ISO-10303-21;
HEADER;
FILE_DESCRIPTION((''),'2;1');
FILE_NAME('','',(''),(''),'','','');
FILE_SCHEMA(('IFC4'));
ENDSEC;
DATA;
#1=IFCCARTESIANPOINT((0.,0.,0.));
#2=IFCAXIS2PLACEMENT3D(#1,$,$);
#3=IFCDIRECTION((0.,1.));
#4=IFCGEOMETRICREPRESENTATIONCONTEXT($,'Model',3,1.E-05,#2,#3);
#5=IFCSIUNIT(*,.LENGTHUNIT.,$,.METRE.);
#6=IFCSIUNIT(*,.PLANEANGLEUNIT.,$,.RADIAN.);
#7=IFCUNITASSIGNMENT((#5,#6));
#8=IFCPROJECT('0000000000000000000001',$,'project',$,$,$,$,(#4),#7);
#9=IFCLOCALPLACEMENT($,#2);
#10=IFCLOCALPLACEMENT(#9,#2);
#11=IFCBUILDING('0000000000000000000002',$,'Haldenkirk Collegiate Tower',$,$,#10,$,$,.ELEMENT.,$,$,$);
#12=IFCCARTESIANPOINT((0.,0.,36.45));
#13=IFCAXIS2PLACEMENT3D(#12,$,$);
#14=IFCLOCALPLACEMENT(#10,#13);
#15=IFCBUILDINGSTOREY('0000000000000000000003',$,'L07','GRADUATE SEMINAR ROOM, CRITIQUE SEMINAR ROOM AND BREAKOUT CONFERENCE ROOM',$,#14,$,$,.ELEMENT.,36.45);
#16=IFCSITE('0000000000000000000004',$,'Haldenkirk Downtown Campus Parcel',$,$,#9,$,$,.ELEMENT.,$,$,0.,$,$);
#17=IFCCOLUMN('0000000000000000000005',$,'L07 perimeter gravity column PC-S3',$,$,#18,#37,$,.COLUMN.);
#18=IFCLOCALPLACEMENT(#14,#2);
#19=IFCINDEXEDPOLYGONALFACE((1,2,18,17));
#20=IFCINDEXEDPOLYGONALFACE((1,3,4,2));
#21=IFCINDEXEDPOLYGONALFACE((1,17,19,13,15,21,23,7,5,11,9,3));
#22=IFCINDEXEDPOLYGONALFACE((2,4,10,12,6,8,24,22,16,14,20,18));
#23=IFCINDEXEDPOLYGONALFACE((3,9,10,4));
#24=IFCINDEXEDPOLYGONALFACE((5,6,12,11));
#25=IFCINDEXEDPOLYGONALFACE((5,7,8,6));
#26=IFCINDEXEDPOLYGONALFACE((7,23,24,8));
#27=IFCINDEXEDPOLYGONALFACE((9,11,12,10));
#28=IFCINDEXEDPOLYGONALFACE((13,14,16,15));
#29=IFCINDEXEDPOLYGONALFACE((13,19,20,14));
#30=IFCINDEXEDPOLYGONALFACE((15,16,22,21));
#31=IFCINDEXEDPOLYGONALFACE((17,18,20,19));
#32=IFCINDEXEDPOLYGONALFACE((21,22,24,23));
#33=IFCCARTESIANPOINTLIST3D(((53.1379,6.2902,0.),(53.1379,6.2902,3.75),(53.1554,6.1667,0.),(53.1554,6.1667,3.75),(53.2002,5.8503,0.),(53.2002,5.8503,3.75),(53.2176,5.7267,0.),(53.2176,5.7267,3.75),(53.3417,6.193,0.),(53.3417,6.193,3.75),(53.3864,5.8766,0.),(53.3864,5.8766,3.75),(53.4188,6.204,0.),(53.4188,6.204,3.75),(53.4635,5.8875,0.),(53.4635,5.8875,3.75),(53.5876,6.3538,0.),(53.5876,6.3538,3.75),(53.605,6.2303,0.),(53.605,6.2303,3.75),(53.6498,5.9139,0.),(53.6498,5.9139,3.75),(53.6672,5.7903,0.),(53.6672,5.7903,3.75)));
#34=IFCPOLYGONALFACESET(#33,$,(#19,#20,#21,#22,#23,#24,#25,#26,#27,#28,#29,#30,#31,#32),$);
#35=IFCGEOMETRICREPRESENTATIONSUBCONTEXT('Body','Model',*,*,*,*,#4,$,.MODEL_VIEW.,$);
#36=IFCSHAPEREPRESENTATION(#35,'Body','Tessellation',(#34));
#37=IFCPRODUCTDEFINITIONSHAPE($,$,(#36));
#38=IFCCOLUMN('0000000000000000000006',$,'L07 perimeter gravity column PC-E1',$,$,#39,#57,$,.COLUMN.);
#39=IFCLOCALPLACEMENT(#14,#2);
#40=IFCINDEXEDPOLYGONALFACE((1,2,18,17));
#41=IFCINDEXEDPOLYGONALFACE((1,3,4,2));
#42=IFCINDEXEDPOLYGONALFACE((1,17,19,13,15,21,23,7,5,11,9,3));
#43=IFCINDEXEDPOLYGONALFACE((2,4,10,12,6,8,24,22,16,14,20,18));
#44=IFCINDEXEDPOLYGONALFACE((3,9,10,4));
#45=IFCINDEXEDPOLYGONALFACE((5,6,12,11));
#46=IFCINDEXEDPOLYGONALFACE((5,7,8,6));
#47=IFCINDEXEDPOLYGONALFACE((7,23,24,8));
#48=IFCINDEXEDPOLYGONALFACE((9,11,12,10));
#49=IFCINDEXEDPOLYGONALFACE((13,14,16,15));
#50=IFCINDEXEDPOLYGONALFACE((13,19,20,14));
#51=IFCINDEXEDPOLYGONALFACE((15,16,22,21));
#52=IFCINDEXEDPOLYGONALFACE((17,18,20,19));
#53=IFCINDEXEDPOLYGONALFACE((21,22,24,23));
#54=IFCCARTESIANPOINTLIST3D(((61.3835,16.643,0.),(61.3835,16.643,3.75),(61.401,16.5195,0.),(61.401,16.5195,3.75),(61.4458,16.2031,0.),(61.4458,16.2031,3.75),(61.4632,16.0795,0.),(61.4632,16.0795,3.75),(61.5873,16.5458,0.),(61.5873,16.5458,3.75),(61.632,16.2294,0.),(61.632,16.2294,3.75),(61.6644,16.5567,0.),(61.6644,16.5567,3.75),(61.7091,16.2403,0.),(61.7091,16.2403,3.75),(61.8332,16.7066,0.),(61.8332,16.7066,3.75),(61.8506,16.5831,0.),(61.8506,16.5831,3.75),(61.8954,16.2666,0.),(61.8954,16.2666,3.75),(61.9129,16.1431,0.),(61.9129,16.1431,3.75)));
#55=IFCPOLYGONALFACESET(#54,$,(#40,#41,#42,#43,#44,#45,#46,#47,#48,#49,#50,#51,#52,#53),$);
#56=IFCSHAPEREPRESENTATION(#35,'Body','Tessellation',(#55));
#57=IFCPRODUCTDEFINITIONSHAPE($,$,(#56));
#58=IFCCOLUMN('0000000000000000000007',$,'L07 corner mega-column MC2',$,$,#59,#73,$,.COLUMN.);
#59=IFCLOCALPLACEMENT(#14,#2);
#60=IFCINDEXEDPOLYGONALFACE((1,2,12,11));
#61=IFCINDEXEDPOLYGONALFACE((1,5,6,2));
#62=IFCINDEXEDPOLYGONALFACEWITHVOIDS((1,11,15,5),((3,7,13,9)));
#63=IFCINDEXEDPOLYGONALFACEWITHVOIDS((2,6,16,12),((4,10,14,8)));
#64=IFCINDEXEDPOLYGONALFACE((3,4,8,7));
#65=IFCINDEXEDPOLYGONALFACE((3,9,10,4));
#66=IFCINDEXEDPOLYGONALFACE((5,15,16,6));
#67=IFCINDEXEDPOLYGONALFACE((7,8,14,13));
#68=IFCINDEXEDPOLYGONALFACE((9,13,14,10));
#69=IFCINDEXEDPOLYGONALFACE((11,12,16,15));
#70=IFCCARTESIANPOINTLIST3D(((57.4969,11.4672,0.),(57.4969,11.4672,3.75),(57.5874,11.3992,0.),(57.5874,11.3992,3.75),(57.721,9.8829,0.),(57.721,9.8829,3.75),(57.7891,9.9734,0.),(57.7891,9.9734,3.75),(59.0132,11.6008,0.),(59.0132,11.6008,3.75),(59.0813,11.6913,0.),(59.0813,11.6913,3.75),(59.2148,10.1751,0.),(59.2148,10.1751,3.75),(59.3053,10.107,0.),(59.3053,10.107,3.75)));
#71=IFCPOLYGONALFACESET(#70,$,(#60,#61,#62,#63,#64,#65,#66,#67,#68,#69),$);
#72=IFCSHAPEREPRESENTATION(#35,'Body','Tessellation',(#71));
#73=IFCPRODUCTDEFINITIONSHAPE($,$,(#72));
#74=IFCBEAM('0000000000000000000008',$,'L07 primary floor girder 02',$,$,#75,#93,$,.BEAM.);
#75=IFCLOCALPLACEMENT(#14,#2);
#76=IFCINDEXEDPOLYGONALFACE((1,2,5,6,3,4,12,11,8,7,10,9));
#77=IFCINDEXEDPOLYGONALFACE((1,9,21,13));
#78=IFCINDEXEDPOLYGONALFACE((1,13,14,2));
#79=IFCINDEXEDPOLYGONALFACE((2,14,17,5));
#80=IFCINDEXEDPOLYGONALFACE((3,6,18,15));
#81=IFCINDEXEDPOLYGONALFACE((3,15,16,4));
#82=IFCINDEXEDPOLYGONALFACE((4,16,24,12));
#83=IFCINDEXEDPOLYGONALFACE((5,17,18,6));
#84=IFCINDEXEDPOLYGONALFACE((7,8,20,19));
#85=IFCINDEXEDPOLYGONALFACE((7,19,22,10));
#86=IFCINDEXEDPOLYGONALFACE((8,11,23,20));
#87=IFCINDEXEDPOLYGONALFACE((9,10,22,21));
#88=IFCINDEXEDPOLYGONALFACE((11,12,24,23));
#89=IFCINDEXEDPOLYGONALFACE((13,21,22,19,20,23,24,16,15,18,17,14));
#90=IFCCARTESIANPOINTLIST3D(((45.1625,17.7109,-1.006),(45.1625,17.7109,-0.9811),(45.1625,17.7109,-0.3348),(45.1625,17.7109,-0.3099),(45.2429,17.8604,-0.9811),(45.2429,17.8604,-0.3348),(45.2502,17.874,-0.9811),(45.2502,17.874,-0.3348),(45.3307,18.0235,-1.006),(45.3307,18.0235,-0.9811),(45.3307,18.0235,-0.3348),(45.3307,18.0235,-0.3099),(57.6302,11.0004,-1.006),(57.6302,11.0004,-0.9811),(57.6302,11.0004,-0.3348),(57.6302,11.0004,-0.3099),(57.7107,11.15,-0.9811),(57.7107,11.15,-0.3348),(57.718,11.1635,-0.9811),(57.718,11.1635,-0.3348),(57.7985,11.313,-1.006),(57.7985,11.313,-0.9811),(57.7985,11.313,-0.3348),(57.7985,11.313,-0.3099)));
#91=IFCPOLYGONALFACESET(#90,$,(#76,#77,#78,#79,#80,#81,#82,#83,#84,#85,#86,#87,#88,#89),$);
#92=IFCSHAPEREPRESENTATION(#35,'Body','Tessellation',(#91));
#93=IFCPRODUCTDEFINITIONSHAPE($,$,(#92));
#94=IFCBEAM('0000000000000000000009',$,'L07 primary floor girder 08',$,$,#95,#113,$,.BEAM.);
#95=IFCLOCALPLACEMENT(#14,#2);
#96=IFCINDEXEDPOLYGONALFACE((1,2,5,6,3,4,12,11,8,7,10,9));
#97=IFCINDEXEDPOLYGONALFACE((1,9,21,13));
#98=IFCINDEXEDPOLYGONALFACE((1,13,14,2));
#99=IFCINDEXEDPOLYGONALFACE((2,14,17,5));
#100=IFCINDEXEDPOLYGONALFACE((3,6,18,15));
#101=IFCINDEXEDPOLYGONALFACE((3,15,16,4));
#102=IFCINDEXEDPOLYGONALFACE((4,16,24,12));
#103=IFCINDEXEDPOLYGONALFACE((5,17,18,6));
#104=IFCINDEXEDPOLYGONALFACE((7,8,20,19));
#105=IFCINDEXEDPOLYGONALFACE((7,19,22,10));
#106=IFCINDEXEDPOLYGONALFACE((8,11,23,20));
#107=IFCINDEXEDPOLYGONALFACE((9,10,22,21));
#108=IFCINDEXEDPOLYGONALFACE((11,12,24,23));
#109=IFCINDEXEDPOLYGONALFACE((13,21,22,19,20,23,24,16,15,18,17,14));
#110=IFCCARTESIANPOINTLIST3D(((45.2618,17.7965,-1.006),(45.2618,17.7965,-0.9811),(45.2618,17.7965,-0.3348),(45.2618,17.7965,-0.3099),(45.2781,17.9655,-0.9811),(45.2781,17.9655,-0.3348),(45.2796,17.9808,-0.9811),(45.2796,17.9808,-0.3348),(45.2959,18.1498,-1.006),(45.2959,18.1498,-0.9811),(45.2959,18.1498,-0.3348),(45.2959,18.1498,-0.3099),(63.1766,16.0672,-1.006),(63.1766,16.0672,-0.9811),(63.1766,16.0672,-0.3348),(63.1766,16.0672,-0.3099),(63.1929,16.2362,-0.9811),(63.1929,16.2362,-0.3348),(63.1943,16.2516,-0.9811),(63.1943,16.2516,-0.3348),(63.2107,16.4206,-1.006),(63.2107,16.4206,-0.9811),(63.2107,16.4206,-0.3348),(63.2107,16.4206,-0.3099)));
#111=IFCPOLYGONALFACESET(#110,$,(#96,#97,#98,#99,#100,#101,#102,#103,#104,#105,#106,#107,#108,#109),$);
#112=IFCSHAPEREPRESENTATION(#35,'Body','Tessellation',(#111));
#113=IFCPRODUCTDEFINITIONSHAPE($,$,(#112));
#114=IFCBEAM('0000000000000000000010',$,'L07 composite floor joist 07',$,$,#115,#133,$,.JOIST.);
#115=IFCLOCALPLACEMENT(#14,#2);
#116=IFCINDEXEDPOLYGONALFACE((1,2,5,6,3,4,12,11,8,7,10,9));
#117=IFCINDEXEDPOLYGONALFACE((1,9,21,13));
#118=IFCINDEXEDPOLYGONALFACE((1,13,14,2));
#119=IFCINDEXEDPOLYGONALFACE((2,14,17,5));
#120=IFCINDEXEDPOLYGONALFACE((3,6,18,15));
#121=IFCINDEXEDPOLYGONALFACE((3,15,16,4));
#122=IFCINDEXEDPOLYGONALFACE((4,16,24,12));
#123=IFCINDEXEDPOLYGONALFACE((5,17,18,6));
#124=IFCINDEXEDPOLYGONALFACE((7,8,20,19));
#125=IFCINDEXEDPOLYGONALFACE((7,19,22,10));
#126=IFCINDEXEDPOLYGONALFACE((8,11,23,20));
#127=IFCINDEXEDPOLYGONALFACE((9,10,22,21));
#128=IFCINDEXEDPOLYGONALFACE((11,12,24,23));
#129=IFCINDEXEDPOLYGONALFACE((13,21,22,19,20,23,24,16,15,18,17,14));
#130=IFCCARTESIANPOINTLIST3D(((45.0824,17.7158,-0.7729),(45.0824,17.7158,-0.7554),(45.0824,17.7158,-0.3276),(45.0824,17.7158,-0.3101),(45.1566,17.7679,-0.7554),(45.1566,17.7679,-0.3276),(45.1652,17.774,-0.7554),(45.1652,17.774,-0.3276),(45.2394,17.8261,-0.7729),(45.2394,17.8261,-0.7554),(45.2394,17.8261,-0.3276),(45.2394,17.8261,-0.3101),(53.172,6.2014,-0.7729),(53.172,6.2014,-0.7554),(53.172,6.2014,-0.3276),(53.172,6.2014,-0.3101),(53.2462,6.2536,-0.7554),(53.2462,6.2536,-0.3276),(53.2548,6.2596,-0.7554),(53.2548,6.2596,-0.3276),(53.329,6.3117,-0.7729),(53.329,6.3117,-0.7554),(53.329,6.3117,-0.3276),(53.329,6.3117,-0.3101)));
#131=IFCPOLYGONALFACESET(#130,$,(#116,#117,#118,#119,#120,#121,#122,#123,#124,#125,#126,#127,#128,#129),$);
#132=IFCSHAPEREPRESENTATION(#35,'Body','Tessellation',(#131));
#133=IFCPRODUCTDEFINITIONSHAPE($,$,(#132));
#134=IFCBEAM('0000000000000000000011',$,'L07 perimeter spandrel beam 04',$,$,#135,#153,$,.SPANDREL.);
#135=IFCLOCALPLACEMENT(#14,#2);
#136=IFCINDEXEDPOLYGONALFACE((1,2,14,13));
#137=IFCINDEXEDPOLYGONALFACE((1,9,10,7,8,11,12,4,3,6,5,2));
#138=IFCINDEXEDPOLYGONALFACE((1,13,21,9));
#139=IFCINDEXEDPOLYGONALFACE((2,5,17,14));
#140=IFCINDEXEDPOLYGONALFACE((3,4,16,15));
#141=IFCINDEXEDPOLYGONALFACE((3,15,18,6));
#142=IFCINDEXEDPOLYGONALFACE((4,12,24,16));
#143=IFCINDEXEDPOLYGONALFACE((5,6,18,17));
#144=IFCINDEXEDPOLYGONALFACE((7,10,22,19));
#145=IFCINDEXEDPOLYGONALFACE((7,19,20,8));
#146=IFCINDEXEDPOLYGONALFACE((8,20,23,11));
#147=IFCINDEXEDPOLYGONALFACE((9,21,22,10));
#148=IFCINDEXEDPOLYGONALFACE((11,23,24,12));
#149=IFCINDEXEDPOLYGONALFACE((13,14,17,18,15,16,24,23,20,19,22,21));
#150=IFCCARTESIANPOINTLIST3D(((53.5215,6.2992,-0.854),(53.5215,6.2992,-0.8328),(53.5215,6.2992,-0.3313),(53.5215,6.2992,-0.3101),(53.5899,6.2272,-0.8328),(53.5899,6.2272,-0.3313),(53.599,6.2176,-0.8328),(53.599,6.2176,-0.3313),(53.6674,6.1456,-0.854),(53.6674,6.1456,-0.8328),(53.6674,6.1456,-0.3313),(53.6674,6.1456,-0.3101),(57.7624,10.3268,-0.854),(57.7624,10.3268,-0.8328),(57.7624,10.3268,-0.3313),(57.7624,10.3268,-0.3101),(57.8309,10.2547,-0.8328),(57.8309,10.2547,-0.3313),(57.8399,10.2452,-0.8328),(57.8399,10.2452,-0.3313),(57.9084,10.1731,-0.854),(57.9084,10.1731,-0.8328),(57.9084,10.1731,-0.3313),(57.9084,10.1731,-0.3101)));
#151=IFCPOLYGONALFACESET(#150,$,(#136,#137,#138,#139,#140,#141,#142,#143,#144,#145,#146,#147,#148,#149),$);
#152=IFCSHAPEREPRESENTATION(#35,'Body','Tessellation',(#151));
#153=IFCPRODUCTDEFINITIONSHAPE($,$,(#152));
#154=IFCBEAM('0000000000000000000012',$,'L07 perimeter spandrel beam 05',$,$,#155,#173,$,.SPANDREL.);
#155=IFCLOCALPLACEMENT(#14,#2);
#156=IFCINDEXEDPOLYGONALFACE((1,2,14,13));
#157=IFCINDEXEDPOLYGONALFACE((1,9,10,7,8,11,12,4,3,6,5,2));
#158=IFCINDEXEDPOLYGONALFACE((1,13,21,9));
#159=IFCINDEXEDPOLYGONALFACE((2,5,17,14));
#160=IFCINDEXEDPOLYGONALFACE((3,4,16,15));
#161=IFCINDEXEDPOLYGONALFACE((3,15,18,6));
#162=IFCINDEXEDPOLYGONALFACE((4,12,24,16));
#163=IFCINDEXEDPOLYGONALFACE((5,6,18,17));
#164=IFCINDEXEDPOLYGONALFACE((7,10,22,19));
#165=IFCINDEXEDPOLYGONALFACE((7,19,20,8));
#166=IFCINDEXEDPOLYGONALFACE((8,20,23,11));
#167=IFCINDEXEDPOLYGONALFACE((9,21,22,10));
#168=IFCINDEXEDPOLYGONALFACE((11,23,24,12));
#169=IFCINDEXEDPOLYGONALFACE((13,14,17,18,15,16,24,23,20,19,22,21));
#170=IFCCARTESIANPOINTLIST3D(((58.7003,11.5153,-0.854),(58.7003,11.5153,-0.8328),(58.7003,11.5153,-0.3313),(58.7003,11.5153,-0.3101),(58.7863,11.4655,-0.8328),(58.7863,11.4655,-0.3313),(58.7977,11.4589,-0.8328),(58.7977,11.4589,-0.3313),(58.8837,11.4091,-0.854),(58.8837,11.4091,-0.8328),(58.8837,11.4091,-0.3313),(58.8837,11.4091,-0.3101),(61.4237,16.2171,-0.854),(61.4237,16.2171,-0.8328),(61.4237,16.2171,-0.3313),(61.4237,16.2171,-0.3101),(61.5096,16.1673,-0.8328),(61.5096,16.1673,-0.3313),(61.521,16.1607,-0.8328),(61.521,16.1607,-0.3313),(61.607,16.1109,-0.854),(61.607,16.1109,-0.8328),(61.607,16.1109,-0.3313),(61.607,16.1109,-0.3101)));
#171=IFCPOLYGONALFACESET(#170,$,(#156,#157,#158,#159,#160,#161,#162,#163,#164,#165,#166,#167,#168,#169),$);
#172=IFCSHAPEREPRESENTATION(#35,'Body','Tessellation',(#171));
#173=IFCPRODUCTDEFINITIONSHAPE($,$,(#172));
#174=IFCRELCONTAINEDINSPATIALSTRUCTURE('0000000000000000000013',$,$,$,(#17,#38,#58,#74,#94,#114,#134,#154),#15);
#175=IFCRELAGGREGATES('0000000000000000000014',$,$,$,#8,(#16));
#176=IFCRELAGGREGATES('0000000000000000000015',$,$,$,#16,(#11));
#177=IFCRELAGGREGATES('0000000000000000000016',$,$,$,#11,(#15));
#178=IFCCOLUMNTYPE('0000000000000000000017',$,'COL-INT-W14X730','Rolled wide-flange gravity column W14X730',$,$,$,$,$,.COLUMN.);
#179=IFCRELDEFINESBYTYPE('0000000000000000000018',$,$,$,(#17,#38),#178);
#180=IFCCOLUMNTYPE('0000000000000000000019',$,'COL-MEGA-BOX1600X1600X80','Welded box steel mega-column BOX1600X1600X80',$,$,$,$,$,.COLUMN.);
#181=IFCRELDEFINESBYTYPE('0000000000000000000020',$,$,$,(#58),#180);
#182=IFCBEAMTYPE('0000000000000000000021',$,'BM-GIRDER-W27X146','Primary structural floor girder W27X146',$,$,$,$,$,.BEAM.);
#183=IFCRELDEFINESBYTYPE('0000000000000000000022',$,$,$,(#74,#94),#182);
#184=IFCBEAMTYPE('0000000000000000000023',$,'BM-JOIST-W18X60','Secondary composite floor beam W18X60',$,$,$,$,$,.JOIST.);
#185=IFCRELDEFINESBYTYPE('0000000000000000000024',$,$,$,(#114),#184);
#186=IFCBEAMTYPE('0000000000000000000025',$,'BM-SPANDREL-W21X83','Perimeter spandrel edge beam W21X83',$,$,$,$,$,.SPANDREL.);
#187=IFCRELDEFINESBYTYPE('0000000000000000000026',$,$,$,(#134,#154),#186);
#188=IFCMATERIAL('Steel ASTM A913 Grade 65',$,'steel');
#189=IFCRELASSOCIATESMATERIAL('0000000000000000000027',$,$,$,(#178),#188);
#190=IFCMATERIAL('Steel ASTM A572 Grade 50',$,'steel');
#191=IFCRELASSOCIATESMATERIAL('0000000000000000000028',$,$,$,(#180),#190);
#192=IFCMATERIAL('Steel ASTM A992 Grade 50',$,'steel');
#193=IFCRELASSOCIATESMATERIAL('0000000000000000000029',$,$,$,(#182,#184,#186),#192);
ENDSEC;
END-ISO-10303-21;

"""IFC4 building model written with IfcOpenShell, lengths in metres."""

from ifc_helpers import new_model, si_unit, direction, frame, origin, origin_2d, place, context, subcontext, project, spatial, hollow_rectangle, i_section, extrude, material, material_profile, profile_set, type_object, element, save


model = new_model("IFC4")

# Units and contexts
model_context = context("Model", 3, precision=1e-05, world=origin(), true_north=direction((0.0, 1.0)))
body_context = subcontext(model_context, "Body", "Model", "MODEL_VIEW")
ifc_project = project(units=[si_unit("LENGTHUNIT", "METRE"), si_unit("PLANEANGLEUNIT", "RADIAN")], contexts=[model_context])

# Site, building, storey
site_placement = place(None, origin())
site = spatial("IfcSite", under=ifc_project, at=site_placement, Name="Haldenkirk Downtown Campus Parcel", CompositionType="ELEMENT", RefElevation=0.0)
building_placement = place(site_placement, origin())
building = spatial("IfcBuilding", under=site, at=building_placement, Name="Haldenkirk Collegiate Tower", CompositionType="ELEMENT")
storey_placement = place(building_placement, frame((0.0, 0.0, 36.45)))
storey = spatial("IfcBuildingStorey", under=building, at=storey_placement, Name="L07", Description="GRADUATE SEMINAR ROOM, CRITIQUE SEMINAR ROOM AND BREAKOUT CONFERENCE ROOM", CompositionType="ELEMENT", Elevation=36.45)

# Columns
ifc_material_1 = material(Name="Steel ASTM A913 Grade 65", Category="steel")
ifc_material_profile_1 = material_profile(ifc_material_1, i_section(OverallWidth=0.4541, OverallDepth=0.5691, WebThickness=0.0779, FlangeThickness=0.1248, at=origin_2d()), Name="W14X730")
ifc_profile_set_1 = profile_set([ifc_material_profile_1], Name="Steel ASTM A913 Grade 65")
column_type_1 = type_object("IfcColumnType", Name="COL-INT-W14X730", Description="Rolled wide-flange gravity column W14X730", PredefinedType="COLUMN", material=ifc_profile_set_1)
for number, where, z_axis, x_axis, name in (
    (1, (53.4026, 6.0403, 0.0), (0.0, 0.0, 1.0), (0.990146, 0.140037, 0.0), "L07 perimeter gravity column PC-S3"),
    (2, (61.6482, 16.3931, 0.0), (0.0, 0.0, 1.0), (0.990146, 0.140037, 0.0), "L07 perimeter gravity column PC-E1"),
):
    element("IfcColumn", number, at=place(storey_placement, frame(where, z_axis=z_axis, x_axis=x_axis)), inside=storey, type_object=column_type_1, Name=name, PredefinedType="COLUMN", context=body_context, shape_type="SweptSolid", body=[
        extrude(i_section(OverallWidth=0.4541, OverallDepth=0.5691, WebThickness=0.0779, FlangeThickness=0.1248, at=origin_2d()), origin(), (0.0, 0.0, 1.0), 3.75),
    ])
ifc_material_2 = material(Name="Steel ASTM A572 Grade 50", Category="steel")
ifc_material_profile_2 = material_profile(ifc_material_2, hollow_rectangle(XDim=1.6001, YDim=1.6001, WallThickness=0.0801, at=origin_2d()), Name="BOX1600X1600X80")
ifc_profile_set_2 = profile_set([ifc_material_profile_2], Name="Steel ASTM A572 Grade 50")
column_type_2 = type_object("IfcColumnType", Name="COL-MEGA-BOX1600X1600X80", Description="Welded box steel mega-column BOX1600X1600X80", PredefinedType="COLUMN", material=ifc_profile_set_2)
column_placement = place(storey_placement, frame((58.4011, 10.7871, 0.0), z_axis=(0.0, 0.0, 1.0), x_axis=(0.990146, 0.140037, 0.0)))
element("IfcColumn", 3, at=column_placement, inside=storey, type_object=column_type_2, Name="L07 corner mega-column MC2", PredefinedType="COLUMN", context=body_context, shape_type="SweptSolid", body=[
    extrude(hollow_rectangle(XDim=1.6001, YDim=1.6001, WallThickness=0.0801, at=origin_2d()), origin(), (0.0, 0.0, 1.0), 3.75),
])

# Beams
ifc_material_3 = material(Name="Steel ASTM A992 Grade 50", Category="steel")
ifc_material_profile_3 = material_profile(ifc_material_3, i_section(OverallWidth=0.355, OverallDepth=0.696, WebThickness=0.0154, FlangeThickness=0.0249, at=origin_2d()), Name="W27X146")
ifc_profile_set_3 = profile_set([ifc_material_profile_3], Name="Steel ASTM A992 Grade 50")
beam_type_1 = type_object("IfcBeamType", Name="BM-GIRDER-W27X146", Description="Primary structural floor girder W27X146", PredefinedType="BEAM", material=ifc_profile_set_3)
beam_1_placement = place(storey_placement, frame((57.7144, 11.1567, -0.658), z_axis=(-0.880559, 0.473937, 0.0), x_axis=(-0.473937, -0.880559, 0.0)))
element("IfcBeam", 4, at=beam_1_placement, inside=storey, type_object=beam_type_1, Name="L07 primary floor girder 02", PredefinedType="BEAM", context=body_context, shape_type="SweptSolid", body=[
    extrude(i_section(OverallWidth=0.355, OverallDepth=0.696, WebThickness=0.0154, FlangeThickness=0.0249, at=origin_2d()), origin(), (0.0, 0.0, 1.0), 14.1589),
])
beam_2_placement = place(storey_placement, frame((63.1936, 16.2439, -0.658), z_axis=(-0.995374, 0.09608, 0.0), x_axis=(-0.09608, -0.995374, 0.0)))
element("IfcBeam", 5, at=beam_2_placement, inside=storey, type_object=beam_type_1, Name="L07 primary floor girder 08", PredefinedType="BEAM", context=body_context, shape_type="SweptSolid", body=[
    extrude(i_section(OverallWidth=0.355, OverallDepth=0.696, WebThickness=0.0154, FlangeThickness=0.0249, at=origin_2d()), origin(), (0.0, 0.0, 1.0), 17.998),
])
ifc_material_profile_4 = material_profile(ifc_material_3, i_section(OverallWidth=0.1919, OverallDepth=0.4629, WebThickness=0.0105, FlangeThickness=0.0176, at=origin_2d()), Name="W18X60")
ifc_profile_set_4 = profile_set([ifc_material_profile_4], Name="Steel ASTM A992 Grade 50")
beam_type_2 = type_object("IfcBeamType", Name="BM-JOIST-W18X60", Description="Secondary composite floor beam W18X60", PredefinedType="JOIST", material=ifc_profile_set_4)
beam_3_placement = place(storey_placement, frame((53.2505, 6.2566, -0.5415), z_axis=(-0.574869, 0.818245, 0.0), x_axis=(-0.818245, -0.574869, 0.0)))
element("IfcBeam", 6, at=beam_3_placement, inside=storey, type_object=beam_type_2, Name="L07 composite floor joist 07", PredefinedType="JOIST", context=body_context, shape_type="SweptSolid", body=[
    extrude(i_section(OverallWidth=0.1919, OverallDepth=0.4629, WebThickness=0.0105, FlangeThickness=0.0176, at=origin_2d()), origin(), (0.0, 0.0, 1.0), 14.072),
])
ifc_material_profile_5 = material_profile(ifc_material_3, i_section(OverallWidth=0.2119, OverallDepth=0.5439, WebThickness=0.0132, FlangeThickness=0.0212, at=origin_2d()), Name="W21X83")
ifc_profile_set_5 = profile_set([ifc_material_profile_5], Name="Steel ASTM A992 Grade 50")
beam_type_3 = type_object("IfcBeamType", Name="BM-SPANDREL-W21X83", Description="Perimeter spandrel edge beam W21X83", PredefinedType="SPANDREL", material=ifc_profile_set_5)
beam_4_placement = place(storey_placement, frame((53.5945, 6.2224, -0.582), z_axis=(0.725113, 0.68863, 0.0), x_axis=(-0.68863, 0.725113, 0.0)))
element("IfcBeam", 7, at=beam_4_placement, inside=storey, type_object=beam_type_3, Name="L07 perimeter spandrel beam 04", PredefinedType="SPANDREL", context=body_context, shape_type="SweptSolid", body=[
    extrude(i_section(OverallWidth=0.2119, OverallDepth=0.5439, WebThickness=0.0132, FlangeThickness=0.0212, at=origin_2d()), origin(), (0.0, 0.0, 1.0), 5.8486),
])
beam_5_placement = place(storey_placement, frame((58.792, 11.4622, -0.582), z_axis=(0.501206, 0.865328, 0.0), x_axis=(-0.865328, 0.501206, 0.0)))
element("IfcBeam", 8, at=beam_5_placement, inside=storey, type_object=beam_type_3, Name="L07 perimeter spandrel beam 05", PredefinedType="SPANDREL", context=body_context, shape_type="SweptSolid", body=[
    extrude(i_section(OverallWidth=0.2119, OverallDepth=0.5439, WebThickness=0.0132, FlangeThickness=0.0212, at=origin_2d()), origin(), (0.0, 0.0, 1.0), 5.4336),
])

save(model, "model.ifc")
